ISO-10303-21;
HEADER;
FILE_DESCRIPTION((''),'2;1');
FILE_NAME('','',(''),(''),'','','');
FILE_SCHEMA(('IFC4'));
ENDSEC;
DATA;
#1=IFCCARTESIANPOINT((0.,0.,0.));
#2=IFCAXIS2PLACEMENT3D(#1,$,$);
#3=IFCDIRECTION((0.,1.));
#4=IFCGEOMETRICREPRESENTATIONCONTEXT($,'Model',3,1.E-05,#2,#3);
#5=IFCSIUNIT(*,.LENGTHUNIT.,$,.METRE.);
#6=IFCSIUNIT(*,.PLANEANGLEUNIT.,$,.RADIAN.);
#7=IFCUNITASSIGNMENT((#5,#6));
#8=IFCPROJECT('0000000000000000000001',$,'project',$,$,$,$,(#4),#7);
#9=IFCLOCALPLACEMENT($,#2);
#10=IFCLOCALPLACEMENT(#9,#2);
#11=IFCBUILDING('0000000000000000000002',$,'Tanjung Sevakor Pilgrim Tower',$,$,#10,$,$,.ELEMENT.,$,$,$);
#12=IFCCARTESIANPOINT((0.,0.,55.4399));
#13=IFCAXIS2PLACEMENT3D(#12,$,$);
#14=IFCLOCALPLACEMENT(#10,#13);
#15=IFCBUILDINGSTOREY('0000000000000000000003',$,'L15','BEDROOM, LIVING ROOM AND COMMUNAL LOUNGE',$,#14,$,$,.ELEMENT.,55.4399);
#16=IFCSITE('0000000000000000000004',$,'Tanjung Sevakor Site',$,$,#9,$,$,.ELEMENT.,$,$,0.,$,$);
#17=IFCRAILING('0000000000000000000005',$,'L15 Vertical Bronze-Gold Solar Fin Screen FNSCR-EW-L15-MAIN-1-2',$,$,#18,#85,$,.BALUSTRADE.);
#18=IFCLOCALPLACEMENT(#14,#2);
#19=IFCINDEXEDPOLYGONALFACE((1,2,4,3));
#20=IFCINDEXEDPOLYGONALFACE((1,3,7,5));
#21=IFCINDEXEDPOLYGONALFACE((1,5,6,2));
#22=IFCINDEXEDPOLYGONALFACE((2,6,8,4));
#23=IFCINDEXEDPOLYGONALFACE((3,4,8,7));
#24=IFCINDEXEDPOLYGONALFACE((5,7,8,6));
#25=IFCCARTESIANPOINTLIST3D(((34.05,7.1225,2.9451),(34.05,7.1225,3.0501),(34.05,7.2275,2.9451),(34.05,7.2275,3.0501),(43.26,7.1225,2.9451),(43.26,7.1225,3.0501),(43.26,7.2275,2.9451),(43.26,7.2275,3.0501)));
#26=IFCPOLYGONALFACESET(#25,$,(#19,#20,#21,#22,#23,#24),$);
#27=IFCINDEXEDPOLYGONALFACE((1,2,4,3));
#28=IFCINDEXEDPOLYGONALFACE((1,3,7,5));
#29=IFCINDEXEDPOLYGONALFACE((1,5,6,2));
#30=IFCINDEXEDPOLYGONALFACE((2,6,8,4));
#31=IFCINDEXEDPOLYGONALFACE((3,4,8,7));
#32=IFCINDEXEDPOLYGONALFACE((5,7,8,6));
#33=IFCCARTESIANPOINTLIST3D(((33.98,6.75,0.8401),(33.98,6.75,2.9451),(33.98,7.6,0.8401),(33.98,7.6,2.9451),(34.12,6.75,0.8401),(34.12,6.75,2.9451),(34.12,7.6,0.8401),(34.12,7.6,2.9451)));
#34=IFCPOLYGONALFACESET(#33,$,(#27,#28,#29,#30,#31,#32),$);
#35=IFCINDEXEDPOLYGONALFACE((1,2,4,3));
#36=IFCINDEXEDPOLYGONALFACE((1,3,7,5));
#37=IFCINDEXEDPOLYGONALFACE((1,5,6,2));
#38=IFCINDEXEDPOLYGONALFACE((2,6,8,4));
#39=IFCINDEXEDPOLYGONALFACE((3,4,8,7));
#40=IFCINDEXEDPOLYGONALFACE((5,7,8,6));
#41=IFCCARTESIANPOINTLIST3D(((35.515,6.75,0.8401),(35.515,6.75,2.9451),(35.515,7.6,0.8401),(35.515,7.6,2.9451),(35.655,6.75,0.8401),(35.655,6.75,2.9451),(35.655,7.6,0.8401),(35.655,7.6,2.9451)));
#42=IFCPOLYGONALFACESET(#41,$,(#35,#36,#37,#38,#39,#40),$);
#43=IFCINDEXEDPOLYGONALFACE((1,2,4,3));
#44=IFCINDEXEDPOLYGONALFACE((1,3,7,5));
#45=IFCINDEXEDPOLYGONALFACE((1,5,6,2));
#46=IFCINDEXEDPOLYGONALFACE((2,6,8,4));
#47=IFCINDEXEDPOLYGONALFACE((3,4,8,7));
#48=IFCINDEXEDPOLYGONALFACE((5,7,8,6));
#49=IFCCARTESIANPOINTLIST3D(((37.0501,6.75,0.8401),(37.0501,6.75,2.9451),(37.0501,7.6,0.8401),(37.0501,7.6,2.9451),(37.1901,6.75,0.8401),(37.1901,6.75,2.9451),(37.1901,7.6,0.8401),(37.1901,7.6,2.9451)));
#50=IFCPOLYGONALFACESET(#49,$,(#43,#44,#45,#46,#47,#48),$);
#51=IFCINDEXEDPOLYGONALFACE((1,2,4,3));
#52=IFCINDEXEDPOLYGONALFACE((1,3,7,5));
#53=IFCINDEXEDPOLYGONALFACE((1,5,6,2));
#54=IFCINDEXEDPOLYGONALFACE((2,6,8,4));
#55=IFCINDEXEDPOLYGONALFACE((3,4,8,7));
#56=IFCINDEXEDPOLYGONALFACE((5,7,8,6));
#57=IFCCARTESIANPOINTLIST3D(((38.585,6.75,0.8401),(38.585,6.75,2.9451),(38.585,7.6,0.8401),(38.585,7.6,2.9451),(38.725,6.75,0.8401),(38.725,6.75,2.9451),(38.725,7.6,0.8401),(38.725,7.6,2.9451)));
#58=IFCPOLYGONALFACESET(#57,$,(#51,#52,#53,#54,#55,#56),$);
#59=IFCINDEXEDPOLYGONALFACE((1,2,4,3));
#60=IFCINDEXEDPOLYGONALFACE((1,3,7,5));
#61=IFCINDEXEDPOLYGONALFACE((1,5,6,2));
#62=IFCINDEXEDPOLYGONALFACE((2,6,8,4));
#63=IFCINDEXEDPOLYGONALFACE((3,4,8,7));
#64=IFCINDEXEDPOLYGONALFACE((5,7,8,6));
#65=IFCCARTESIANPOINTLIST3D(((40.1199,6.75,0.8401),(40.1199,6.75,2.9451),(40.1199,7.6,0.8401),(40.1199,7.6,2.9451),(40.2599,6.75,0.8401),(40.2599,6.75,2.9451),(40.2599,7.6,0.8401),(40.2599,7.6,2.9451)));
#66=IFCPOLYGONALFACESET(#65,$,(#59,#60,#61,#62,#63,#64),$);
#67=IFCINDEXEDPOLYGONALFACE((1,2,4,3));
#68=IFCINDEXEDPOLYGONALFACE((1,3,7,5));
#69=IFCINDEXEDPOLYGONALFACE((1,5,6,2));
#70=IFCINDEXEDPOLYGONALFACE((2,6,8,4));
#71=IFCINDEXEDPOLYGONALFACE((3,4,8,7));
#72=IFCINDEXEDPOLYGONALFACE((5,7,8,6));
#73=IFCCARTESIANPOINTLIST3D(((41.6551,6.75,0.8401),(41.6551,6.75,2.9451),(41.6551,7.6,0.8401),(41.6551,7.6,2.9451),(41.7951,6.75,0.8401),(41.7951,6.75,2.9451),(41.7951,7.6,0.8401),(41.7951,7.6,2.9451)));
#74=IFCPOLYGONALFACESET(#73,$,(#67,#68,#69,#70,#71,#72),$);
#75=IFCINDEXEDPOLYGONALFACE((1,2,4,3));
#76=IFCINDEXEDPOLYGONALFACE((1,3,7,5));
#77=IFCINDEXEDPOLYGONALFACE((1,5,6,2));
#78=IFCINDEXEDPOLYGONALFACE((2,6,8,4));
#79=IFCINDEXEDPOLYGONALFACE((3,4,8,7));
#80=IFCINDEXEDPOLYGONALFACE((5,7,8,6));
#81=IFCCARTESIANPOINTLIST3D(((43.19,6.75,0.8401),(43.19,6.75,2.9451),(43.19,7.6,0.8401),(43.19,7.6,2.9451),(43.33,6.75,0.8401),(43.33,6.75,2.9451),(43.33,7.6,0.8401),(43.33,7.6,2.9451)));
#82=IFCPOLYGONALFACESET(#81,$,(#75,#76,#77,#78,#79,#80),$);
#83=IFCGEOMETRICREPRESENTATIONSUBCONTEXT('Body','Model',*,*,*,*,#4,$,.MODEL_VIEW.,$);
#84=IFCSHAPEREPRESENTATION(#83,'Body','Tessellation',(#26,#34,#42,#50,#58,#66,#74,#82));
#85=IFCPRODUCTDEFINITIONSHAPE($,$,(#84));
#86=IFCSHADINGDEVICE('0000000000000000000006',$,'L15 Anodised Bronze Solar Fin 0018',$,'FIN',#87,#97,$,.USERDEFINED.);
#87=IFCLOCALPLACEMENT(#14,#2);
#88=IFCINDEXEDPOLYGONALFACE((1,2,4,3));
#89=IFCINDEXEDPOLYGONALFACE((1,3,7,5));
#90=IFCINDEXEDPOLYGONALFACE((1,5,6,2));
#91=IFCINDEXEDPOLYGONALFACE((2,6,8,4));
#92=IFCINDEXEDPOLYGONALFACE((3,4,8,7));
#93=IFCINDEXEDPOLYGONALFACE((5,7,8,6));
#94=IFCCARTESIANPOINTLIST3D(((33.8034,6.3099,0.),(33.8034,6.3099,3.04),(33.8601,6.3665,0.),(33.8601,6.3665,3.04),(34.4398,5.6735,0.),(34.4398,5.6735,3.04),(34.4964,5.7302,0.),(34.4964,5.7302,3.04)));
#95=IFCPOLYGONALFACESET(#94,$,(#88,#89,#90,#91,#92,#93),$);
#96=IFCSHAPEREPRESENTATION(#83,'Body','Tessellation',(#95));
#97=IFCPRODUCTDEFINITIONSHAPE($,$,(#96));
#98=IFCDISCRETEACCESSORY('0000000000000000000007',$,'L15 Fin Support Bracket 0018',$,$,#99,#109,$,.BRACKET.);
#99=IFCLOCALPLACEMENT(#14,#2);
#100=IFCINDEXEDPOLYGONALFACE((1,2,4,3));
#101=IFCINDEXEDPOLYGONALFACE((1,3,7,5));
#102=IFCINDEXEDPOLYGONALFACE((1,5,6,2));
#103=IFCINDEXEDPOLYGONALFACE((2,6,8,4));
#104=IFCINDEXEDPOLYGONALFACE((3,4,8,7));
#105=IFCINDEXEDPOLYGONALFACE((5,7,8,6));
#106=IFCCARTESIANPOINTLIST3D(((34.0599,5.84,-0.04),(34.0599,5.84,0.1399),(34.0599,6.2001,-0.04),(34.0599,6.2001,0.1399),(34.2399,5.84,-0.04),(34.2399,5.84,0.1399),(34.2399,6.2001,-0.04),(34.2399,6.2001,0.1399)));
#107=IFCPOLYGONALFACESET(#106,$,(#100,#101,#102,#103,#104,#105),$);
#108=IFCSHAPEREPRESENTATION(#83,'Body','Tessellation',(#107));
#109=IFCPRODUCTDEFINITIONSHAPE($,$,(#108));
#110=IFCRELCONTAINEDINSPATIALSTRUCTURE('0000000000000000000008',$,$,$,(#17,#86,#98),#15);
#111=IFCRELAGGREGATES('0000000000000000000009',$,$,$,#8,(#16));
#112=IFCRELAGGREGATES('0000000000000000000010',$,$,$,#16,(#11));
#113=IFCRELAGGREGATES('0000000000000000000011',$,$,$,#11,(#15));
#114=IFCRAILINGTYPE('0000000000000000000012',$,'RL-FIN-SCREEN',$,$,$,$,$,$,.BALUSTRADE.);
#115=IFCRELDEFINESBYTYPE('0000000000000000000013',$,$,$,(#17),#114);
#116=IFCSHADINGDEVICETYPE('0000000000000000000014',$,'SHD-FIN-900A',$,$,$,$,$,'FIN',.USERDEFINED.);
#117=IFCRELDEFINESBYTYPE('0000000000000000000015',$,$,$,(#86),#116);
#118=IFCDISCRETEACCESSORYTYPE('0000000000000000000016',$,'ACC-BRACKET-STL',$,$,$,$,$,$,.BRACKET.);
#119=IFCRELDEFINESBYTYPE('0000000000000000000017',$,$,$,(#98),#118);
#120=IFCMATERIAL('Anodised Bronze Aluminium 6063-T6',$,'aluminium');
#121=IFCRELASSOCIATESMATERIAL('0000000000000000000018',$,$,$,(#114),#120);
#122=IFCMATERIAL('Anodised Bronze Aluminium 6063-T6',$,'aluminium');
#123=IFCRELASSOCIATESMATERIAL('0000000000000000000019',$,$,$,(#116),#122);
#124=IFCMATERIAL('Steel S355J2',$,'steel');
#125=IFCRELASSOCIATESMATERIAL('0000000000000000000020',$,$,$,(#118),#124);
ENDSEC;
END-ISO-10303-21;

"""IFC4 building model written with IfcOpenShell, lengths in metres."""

from ifc_helpers import new_model, si_unit, direction, frame, origin, origin_2d, place, context, subcontext, project, spatial, rectangle, extrude, material, type_object, element, save


model = new_model("IFC4")

# Units and contexts
model_context = context("Model", 3, precision=1e-05, world=origin(), true_north=direction((0.0, 1.0)))
body_context = subcontext(model_context, "Body", "Model", "MODEL_VIEW")
ifc_project = project(units=[si_unit("LENGTHUNIT", "METRE"), si_unit("PLANEANGLEUNIT", "RADIAN")], contexts=[model_context])

# Site, building, storey
site_placement = place(None, origin())
site = spatial("IfcSite", under=ifc_project, at=site_placement, Name="Tanjung Sevakor Site", CompositionType="ELEMENT", RefElevation=0.0)
building_placement = place(site_placement, origin())
building = spatial("IfcBuilding", under=site, at=building_placement, Name="Tanjung Sevakor Pilgrim Tower", CompositionType="ELEMENT")
storey_placement = place(building_placement, frame((0.0, 0.0, 55.4399)))
storey = spatial("IfcBuildingStorey", under=building, at=storey_placement, Name="L15", Description="BEDROOM, LIVING ROOM AND COMMUNAL LOUNGE", CompositionType="ELEMENT", Elevation=55.4399)

# Railing
ifc_material_1 = material(Name="Anodised Bronze Aluminium 6063-T6", Category="aluminium")
railing_type = type_object("IfcRailingType", Name="RL-FIN-SCREEN", PredefinedType="BALUSTRADE", material=ifc_material_1)
railing_placement = place(storey_placement, frame((34.05, 7.175, 0.8401)))
element("IfcRailing", 1, at=railing_placement, inside=storey, type_object=railing_type, Name="L15 Vertical Bronze-Gold Solar Fin Screen FNSCR-EW-L15-MAIN-1-2", PredefinedType="BALUSTRADE", context=body_context, shape_type="SweptSolid", body=[
    extrude(rectangle(XDim=0.105, YDim=0.105), frame((0.0, 0.0, 2.1575), z_axis=(1.0, 0.0, 0.0), x_axis=(0.0, 1.0, 0.0)), (0.0, 0.0, 1.0), 9.21),
    extrude(rectangle(XDim=0.14, YDim=0.85), origin(), (0.0, 0.0, 1.0), 2.105),
    extrude(rectangle(XDim=0.14, YDim=0.85), frame((1.5349, 0.0, 0.0)), (0.0, 0.0, 1.0), 2.105),
    extrude(rectangle(XDim=0.14, YDim=0.85), frame((3.0701, 0.0, 0.0)), (0.0, 0.0, 1.0), 2.105),
    extrude(rectangle(XDim=0.14, YDim=0.85), frame((4.605, 0.0, 0.0)), (0.0, 0.0, 1.0), 2.105),
    extrude(rectangle(XDim=0.14, YDim=0.85), frame((6.1399, 0.0, 0.0)), (0.0, 0.0, 1.0), 2.105),
    extrude(rectangle(XDim=0.14, YDim=0.85), frame((7.675, 0.0, 0.0)), (0.0, 0.0, 1.0), 2.105),
    extrude(rectangle(XDim=0.14, YDim=0.85), frame((9.21, 0.0, 0.0)), (0.0, 0.0, 1.0), 2.105),
])

# Shading device
ifc_material_2 = material(Name="Anodised Bronze Aluminium 6063-T6", Category="aluminium")
shading_device_type = type_object("IfcShadingDeviceType", Name="SHD-FIN-900A", ElementType="FIN", PredefinedType="USERDEFINED", material=ifc_material_2)
shading_device_placement = place(storey_placement, frame((34.1499, 6.02, 0.0), z_axis=(0.0, 0.0, 1.0), x_axis=(0.707107, 0.707107, 0.0)))
element("IfcShadingDevice", 2, at=shading_device_placement, inside=storey, type_object=shading_device_type, Name="L15 Anodised Bronze Solar Fin 0018", ObjectType="FIN", PredefinedType="USERDEFINED", context=body_context, shape_type="SweptSolid", body=[
    extrude(rectangle(XDim=0.0801, YDim=0.8999, at=origin_2d()), origin(), (0.0, 0.0, 1.0), 3.04),
])

# Discrete accessory
ifc_material_3 = material(Name="Steel S355J2", Category="steel")
discrete_accessory_type = type_object("IfcDiscreteAccessoryType", Name="ACC-BRACKET-STL", PredefinedType="BRACKET", material=ifc_material_3)
discrete_accessory_placement = place(storey_placement, frame((34.1499, 6.02, -0.04), z_axis=(0.0, 0.0, 1.0), x_axis=(1.0, 0.0, 0.0)))
element("IfcDiscreteAccessory", 3, at=discrete_accessory_placement, inside=storey, type_object=discrete_accessory_type, Name="L15 Fin Support Bracket 0018", PredefinedType="BRACKET", context=body_context, shape_type="SweptSolid", body=[
    extrude(rectangle(XDim=0.1799, YDim=0.3601, at=origin_2d()), origin(), (0.0, 0.0, 1.0), 0.1799),
])

save(model, "model.ifc")
